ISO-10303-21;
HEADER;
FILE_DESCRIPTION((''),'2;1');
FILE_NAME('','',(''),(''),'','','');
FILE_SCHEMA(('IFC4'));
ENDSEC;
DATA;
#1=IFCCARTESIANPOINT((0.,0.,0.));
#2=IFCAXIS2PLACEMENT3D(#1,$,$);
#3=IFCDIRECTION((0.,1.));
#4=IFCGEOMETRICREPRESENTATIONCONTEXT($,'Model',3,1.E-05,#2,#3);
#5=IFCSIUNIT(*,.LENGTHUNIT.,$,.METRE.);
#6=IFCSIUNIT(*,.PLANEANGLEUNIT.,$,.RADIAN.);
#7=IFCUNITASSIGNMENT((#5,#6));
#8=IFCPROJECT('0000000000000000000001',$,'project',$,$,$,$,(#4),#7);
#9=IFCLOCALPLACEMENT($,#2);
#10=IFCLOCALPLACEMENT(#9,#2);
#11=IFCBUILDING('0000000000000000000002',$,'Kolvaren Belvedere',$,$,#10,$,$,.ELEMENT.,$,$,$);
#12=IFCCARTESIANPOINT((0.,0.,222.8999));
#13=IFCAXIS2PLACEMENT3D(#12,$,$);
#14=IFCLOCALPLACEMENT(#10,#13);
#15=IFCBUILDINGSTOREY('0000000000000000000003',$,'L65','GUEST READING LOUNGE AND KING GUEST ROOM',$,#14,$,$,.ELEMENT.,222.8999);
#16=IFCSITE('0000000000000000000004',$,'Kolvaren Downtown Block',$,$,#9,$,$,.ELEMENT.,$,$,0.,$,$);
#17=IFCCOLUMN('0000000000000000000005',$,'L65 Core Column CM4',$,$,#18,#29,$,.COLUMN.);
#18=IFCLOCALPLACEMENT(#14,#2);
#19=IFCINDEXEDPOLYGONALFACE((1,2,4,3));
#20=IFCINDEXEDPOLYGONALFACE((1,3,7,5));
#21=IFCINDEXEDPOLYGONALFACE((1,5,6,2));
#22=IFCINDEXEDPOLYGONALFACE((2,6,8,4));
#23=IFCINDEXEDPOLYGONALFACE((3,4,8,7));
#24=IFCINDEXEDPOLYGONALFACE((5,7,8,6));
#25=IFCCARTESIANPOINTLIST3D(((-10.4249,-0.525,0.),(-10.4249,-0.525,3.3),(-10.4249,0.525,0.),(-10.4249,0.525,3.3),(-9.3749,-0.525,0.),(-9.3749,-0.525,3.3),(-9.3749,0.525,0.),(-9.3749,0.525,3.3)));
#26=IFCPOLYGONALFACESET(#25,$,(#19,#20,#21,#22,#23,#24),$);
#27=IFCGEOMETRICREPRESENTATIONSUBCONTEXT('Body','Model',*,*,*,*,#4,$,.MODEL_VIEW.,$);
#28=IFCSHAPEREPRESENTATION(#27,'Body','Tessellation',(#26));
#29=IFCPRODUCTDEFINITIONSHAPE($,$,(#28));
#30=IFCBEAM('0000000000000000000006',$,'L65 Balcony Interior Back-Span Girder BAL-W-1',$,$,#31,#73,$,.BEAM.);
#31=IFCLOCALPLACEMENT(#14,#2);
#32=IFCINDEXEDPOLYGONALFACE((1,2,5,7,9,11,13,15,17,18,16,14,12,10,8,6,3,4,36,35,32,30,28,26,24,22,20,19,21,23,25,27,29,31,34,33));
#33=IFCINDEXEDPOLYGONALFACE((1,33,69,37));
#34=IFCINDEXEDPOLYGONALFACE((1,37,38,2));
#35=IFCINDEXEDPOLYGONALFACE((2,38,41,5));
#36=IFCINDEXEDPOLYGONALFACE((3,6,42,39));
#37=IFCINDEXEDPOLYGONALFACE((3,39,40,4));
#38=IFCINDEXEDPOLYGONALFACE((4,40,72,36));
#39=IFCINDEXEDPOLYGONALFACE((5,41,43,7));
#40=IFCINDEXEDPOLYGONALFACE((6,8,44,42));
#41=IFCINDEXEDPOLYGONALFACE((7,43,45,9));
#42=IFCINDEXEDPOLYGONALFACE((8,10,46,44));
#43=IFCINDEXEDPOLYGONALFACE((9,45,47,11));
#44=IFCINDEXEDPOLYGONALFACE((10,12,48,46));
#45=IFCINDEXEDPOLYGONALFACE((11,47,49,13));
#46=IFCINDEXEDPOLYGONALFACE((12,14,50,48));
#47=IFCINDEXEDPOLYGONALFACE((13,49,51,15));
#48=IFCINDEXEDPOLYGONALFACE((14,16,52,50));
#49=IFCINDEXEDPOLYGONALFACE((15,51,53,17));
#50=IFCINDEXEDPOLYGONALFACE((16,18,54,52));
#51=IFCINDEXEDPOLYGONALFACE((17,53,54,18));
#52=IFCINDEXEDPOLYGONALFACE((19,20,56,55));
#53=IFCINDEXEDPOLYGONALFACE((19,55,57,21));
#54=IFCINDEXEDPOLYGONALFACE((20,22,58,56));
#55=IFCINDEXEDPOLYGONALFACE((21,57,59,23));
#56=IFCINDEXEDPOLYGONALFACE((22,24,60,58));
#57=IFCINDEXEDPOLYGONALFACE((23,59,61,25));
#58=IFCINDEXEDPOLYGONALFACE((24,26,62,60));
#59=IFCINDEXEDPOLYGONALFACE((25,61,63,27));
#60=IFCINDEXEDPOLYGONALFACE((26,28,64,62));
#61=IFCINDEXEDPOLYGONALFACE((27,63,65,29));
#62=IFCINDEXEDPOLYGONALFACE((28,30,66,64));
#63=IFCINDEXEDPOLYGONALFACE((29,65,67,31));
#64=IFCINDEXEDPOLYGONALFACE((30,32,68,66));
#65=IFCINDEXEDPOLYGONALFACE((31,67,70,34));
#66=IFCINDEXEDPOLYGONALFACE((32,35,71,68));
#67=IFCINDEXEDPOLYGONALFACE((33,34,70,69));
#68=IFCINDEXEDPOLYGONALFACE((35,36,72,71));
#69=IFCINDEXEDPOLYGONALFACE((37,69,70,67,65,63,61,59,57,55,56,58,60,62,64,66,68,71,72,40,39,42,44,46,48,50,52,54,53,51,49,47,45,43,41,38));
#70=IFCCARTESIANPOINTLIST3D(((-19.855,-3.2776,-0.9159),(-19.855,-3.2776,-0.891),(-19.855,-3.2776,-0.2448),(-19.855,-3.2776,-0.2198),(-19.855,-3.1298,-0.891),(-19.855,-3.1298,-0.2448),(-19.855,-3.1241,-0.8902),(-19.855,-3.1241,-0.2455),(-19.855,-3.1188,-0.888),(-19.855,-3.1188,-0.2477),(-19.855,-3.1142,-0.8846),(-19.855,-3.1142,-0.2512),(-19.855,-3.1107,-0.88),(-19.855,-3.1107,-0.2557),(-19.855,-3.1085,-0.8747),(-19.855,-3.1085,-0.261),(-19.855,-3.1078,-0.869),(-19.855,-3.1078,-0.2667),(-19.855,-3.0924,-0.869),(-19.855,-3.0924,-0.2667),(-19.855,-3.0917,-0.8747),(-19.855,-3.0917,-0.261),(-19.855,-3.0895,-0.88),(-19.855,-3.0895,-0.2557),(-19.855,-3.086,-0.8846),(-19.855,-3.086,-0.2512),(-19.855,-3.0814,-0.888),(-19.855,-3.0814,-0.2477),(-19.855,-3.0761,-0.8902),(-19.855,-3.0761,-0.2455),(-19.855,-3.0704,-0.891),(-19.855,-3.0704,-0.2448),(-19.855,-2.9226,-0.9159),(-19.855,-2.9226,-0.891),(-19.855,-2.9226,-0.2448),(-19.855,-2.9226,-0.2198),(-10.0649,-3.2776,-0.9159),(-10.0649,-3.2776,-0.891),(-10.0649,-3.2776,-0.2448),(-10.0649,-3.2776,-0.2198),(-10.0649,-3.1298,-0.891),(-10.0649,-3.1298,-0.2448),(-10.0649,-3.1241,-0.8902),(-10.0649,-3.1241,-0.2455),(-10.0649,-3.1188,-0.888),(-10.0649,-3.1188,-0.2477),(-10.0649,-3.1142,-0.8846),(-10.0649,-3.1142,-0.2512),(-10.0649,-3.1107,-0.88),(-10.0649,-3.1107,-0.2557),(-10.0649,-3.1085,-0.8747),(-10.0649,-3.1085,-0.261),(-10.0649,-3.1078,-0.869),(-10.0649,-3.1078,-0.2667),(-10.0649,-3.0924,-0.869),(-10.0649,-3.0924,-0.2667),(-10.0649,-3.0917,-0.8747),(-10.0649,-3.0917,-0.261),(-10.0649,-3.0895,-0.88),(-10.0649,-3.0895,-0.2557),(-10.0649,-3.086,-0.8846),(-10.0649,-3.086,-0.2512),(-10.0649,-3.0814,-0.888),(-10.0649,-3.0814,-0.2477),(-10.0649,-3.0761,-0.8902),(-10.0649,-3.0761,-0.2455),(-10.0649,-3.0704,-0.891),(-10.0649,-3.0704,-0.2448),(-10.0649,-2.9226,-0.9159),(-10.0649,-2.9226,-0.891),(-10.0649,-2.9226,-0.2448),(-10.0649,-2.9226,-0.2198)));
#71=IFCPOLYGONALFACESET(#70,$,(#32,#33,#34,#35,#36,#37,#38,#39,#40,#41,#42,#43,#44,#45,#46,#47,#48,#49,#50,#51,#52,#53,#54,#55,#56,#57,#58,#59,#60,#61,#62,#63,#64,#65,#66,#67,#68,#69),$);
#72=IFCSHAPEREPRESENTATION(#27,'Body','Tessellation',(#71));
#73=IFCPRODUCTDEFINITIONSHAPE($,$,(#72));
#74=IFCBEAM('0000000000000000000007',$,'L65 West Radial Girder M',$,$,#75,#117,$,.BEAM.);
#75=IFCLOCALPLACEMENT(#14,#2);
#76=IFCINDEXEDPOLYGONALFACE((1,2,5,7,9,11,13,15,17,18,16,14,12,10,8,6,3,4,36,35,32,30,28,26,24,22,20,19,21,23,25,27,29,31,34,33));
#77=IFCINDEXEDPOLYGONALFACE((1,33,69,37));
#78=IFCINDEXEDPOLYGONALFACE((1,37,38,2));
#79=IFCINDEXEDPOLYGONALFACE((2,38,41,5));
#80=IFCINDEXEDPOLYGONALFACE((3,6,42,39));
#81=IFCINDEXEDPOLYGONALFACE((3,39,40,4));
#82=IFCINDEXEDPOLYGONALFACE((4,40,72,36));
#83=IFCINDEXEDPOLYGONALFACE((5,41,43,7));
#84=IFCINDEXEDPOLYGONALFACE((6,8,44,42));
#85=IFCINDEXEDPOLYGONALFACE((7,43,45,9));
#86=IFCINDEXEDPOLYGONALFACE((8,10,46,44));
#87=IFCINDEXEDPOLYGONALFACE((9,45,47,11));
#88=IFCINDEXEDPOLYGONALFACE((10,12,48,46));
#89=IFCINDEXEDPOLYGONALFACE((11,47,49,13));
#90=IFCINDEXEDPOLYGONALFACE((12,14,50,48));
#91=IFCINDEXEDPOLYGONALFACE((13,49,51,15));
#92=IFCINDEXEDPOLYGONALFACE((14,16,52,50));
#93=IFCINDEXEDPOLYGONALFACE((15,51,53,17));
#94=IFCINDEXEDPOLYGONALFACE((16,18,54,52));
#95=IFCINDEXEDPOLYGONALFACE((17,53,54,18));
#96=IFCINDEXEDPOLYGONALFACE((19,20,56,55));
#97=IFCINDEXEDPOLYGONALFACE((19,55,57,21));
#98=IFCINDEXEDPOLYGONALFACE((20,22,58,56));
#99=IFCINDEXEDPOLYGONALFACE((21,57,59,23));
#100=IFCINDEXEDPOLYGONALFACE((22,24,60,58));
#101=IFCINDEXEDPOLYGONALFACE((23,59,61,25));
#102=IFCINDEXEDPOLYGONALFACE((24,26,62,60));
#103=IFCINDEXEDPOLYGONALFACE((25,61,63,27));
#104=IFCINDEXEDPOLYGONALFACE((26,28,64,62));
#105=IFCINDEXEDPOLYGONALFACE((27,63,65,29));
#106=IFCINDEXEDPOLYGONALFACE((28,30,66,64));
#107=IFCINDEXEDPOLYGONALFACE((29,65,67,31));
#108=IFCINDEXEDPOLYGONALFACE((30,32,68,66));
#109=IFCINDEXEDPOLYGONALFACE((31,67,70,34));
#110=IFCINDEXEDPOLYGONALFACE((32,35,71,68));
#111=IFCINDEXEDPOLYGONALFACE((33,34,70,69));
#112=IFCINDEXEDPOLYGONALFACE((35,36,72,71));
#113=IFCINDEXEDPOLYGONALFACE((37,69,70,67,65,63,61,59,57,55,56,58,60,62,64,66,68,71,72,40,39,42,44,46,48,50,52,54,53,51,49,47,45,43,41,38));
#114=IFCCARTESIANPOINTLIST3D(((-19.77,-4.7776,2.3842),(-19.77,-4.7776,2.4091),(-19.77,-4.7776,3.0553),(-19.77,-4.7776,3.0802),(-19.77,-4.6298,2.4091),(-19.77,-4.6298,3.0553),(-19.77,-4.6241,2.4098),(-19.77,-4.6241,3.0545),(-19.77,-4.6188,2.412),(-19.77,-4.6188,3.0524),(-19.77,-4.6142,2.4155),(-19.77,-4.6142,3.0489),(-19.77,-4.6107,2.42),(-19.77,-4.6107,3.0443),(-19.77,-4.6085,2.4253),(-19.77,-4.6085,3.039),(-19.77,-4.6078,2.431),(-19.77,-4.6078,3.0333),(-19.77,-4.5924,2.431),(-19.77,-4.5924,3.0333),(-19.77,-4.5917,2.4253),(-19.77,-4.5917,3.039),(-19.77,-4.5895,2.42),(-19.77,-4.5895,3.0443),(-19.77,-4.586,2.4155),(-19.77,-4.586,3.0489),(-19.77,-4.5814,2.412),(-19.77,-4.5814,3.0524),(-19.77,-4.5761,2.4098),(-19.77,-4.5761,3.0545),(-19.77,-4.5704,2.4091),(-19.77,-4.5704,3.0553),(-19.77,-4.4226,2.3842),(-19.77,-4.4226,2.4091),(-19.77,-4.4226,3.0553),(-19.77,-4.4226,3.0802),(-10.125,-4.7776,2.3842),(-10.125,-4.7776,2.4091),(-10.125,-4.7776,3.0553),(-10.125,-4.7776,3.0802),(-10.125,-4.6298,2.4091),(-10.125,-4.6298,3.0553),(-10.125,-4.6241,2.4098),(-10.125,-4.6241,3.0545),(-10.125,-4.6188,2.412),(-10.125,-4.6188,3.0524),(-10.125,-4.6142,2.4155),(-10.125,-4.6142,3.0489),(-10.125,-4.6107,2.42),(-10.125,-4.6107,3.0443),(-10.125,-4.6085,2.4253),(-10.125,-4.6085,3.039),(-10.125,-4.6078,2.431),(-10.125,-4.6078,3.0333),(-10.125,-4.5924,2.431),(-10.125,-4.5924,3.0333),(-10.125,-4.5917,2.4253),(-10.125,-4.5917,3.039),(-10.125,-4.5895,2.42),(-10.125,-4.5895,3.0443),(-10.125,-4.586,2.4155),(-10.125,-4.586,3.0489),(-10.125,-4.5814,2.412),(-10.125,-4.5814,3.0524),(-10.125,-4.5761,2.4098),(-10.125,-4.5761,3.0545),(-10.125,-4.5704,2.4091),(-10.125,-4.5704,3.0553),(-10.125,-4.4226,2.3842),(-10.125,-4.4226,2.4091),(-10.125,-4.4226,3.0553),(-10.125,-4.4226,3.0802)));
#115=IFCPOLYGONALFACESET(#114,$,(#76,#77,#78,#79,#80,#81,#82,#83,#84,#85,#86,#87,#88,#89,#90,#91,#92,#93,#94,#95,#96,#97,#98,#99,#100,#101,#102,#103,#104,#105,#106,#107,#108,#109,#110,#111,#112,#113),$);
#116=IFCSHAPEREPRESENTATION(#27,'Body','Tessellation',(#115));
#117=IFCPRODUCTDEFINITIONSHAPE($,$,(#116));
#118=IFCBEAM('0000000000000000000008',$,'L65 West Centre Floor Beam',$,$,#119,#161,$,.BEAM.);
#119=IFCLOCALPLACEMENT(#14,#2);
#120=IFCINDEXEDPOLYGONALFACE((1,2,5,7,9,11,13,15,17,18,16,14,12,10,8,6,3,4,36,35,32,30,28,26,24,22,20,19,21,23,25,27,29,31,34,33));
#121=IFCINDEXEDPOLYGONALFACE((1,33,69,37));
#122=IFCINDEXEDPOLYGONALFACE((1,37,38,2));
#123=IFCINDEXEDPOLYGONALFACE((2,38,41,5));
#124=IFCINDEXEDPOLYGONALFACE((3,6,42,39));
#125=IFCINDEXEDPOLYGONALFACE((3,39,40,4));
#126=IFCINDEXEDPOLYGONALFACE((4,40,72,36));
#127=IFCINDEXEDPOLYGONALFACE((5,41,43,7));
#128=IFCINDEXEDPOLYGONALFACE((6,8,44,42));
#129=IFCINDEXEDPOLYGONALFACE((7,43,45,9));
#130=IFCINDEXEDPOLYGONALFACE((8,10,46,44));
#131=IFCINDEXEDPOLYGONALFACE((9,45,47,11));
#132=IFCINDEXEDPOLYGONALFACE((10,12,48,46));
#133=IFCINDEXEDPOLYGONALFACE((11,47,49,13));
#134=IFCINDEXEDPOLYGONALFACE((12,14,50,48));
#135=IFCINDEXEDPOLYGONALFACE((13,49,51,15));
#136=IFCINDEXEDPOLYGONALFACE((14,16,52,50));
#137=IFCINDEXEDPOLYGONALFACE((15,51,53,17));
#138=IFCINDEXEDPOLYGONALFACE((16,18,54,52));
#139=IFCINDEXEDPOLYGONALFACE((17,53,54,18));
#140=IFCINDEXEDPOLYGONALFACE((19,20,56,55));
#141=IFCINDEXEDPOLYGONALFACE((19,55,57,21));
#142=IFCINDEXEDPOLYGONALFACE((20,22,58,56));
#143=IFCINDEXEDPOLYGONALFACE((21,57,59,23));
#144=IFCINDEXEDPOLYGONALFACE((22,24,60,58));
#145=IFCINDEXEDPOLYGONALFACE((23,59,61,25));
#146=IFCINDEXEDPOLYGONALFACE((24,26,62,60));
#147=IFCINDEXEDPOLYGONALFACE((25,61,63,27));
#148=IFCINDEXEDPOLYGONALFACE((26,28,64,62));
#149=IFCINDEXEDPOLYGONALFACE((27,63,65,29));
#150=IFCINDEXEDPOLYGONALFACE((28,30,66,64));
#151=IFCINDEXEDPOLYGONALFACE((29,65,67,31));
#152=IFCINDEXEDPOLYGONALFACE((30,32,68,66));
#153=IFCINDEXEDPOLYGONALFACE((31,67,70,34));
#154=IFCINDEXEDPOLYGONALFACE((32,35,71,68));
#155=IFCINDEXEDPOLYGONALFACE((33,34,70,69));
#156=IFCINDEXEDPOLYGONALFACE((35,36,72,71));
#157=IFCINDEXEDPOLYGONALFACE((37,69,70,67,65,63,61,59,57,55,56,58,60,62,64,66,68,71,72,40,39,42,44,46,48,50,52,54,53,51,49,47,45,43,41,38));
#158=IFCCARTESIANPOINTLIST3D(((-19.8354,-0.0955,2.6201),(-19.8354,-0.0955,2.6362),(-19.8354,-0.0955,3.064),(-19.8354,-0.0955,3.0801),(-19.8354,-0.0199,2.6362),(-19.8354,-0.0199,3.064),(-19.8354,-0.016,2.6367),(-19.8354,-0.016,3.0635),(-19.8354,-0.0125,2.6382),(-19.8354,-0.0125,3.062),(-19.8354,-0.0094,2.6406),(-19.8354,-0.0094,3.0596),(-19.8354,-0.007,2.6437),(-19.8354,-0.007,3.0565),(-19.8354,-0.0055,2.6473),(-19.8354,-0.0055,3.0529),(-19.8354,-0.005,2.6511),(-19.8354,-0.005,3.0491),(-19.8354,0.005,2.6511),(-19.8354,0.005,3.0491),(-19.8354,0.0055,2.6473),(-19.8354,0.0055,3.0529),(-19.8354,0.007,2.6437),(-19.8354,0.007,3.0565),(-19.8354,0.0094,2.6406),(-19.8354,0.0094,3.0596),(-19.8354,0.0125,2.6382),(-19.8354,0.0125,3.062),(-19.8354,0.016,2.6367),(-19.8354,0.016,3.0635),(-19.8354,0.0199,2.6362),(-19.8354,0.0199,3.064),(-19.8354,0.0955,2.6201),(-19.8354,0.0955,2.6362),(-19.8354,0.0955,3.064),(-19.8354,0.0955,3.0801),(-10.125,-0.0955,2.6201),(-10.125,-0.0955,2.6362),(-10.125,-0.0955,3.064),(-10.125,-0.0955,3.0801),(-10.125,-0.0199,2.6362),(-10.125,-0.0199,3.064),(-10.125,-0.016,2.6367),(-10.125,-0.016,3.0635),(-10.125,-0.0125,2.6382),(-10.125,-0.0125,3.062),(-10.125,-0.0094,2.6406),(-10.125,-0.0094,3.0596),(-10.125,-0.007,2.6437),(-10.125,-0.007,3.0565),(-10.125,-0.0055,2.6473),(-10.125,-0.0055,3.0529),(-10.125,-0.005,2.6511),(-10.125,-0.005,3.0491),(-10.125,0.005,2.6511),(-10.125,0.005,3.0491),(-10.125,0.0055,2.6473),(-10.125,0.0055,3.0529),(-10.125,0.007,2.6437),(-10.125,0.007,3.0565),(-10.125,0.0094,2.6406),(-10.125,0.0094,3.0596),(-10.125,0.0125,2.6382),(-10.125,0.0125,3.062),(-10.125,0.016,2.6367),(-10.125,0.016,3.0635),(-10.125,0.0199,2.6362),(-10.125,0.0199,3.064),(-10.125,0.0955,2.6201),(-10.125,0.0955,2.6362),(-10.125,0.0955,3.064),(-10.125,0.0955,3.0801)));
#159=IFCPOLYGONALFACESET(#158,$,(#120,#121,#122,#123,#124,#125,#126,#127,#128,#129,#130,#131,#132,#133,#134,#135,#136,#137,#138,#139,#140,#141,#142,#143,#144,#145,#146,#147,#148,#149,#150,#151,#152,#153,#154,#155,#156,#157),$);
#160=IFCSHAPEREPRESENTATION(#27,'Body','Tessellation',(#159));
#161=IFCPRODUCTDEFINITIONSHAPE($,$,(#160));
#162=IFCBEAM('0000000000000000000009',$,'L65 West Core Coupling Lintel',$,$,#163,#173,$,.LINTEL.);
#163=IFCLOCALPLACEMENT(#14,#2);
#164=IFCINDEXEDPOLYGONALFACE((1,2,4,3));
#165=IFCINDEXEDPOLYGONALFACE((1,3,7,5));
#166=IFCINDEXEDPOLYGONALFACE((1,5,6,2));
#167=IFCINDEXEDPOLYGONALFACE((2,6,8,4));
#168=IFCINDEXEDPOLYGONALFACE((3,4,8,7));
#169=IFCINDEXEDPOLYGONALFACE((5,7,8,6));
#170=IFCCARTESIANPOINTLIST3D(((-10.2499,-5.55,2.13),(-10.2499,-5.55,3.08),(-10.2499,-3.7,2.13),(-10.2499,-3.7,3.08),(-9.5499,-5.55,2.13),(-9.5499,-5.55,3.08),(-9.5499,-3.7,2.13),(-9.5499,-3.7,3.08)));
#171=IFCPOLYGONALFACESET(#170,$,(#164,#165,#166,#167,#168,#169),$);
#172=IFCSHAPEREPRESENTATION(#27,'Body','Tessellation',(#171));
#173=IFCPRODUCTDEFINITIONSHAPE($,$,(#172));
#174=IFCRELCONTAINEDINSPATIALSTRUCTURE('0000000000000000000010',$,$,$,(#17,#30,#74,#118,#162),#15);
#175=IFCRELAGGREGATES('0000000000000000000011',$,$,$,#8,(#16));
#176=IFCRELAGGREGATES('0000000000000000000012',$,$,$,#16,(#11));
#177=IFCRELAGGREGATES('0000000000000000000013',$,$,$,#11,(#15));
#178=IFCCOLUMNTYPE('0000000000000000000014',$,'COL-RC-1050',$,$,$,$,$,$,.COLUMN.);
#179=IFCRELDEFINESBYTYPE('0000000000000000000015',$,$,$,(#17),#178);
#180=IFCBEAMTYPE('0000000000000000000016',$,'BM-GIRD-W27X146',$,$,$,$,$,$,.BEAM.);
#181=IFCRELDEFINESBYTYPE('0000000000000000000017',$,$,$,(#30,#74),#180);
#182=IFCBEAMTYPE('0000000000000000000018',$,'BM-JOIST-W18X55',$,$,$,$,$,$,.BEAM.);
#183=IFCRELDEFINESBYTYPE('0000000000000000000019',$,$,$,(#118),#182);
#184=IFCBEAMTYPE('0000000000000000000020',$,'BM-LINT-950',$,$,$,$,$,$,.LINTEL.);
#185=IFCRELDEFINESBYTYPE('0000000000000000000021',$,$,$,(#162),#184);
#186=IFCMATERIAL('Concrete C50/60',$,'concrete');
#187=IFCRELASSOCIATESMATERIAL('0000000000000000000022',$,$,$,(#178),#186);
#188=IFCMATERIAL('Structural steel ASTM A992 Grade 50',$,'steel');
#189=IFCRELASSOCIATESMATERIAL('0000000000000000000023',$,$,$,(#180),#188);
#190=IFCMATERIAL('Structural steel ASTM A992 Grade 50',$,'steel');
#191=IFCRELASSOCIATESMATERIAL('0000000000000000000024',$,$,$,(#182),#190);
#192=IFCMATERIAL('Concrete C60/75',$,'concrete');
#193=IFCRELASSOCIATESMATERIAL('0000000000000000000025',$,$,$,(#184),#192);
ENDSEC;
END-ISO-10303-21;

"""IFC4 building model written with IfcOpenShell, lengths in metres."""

from ifc_helpers import new_model, si_unit, direction, frame, origin, origin_2d, place, context, subcontext, project, spatial, rectangle, i_section, extrude, material, material_profile, profile_set, type_object, element, save


model = new_model("IFC4")

# Units and contexts
model_context = context("Model", 3, precision=1e-05, world=origin(), true_north=direction((0.0, 1.0)))
body_context = subcontext(model_context, "Body", "Model", "MODEL_VIEW")
ifc_project = project(units=[si_unit("LENGTHUNIT", "METRE"), si_unit("PLANEANGLEUNIT", "RADIAN")], contexts=[model_context])

# Site, building, storey
site_placement = place(None, origin())
site = spatial("IfcSite", under=ifc_project, at=site_placement, Name="Kolvaren Downtown Block", CompositionType="ELEMENT", RefElevation=0.0)
building_placement = place(site_placement, origin())
building = spatial("IfcBuilding", under=site, at=building_placement, Name="Kolvaren Belvedere", CompositionType="ELEMENT")
storey_placement = place(building_placement, frame((0.0, 0.0, 222.8999)))
storey = spatial("IfcBuildingStorey", under=building, at=storey_placement, Name="L65", Description="GUEST READING LOUNGE AND KING GUEST ROOM", CompositionType="ELEMENT", Elevation=222.8999)

# Column
ifc_material_1 = material(Name="Concrete C50/60", Category="concrete")
ifc_material_profile_1 = material_profile(ifc_material_1, rectangle(XDim=1.05, YDim=1.05, at=origin_2d()), Name="RC 1050X1050")
ifc_profile_set_1 = profile_set([ifc_material_profile_1], Name="Concrete C50/60")
column_type = type_object("IfcColumnType", Name="COL-RC-1050", PredefinedType="COLUMN", material=ifc_profile_set_1)
column_placement = place(storey_placement, frame((-9.8999, 0.0, 0.0), z_axis=(0.0, 0.0, 1.0), x_axis=(1.0, 0.0, 0.0)))
element("IfcColumn", 1, at=column_placement, inside=storey, type_object=column_type, Name="L65 Core Column CM4", PredefinedType="COLUMN", context=body_context, shape_type="SweptSolid", body=[
    extrude(rectangle(XDim=1.05, YDim=1.05, at=origin_2d()), origin(), (0.0, 0.0, 1.0), 3.3),
])

# Beams
ifc_material_2 = material(Name="Structural steel ASTM A992 Grade 50", Category="steel")
ifc_material_profile_2 = material_profile(ifc_material_2, i_section(OverallWidth=0.355, OverallDepth=0.696, WebThickness=0.0154, FlangeThickness=0.0249, FilletRadius=0.022, at=origin_2d()), Name="W27X146")
ifc_profile_set_2 = profile_set([ifc_material_profile_2], Name="Structural steel ASTM A992 Grade 50")
beam_type_1 = type_object("IfcBeamType", Name="BM-GIRD-W27X146", PredefinedType="BEAM", material=ifc_profile_set_2)
beam_1_placement = place(storey_placement, frame((-10.0649, -3.1001, -0.5679), z_axis=(-1.0, 0.0, 0.0), x_axis=(0.0, -1.0, 0.0)))
element("IfcBeam", 2, at=beam_1_placement, inside=storey, type_object=beam_type_1, Name="L65 Balcony Interior Back-Span Girder BAL-W-1", PredefinedType="BEAM", context=body_context, shape_type="SweptSolid", body=[
    extrude(i_section(OverallWidth=0.355, OverallDepth=0.696, WebThickness=0.0154, FlangeThickness=0.0249, FilletRadius=0.022, at=origin_2d()), origin(), (0.0, 0.0, 1.0), 9.79),
])
beam_2_placement = place(storey_placement, frame((-10.125, -4.6001, 2.7322), z_axis=(-1.0, 0.0, 0.0), x_axis=(0.0, -1.0, 0.0)))
element("IfcBeam", 3, at=beam_2_placement, inside=storey, type_object=beam_type_1, Name="L65 West Radial Girder M", PredefinedType="BEAM", context=body_context, shape_type="SweptSolid", body=[
    extrude(i_section(OverallWidth=0.355, OverallDepth=0.696, WebThickness=0.0154, FlangeThickness=0.0249, FilletRadius=0.022, at=origin_2d()), origin(), (0.0, 0.0, 1.0), 9.645),
])
ifc_material_3 = material(Name="Structural steel ASTM A992 Grade 50", Category="steel")
ifc_material_profile_3 = material_profile(ifc_material_3, i_section(OverallWidth=0.1909, OverallDepth=0.46, WebThickness=0.01, FlangeThickness=0.0161, FilletRadius=0.0149, at=origin_2d()), Name="W18X55")
ifc_profile_set_3 = profile_set([ifc_material_profile_3], Name="Structural steel ASTM A992 Grade 50")
beam_type_2 = type_object("IfcBeamType", Name="BM-JOIST-W18X55", PredefinedType="BEAM", material=ifc_profile_set_3)
beam_3_placement = place(storey_placement, frame((-10.125, 0.0, 2.8501), z_axis=(-1.0, 0.0, 0.0), x_axis=(0.0, -1.0, 0.0)))
element("IfcBeam", 4, at=beam_3_placement, inside=storey, type_object=beam_type_2, Name="L65 West Centre Floor Beam", PredefinedType="BEAM", context=body_context, shape_type="SweptSolid", body=[
    extrude(i_section(OverallWidth=0.1909, OverallDepth=0.46, WebThickness=0.01, FlangeThickness=0.0161, FilletRadius=0.0149, at=origin_2d()), origin(), (0.0, 0.0, 1.0), 9.7104),
])
ifc_material_4 = material(Name="Concrete C60/75", Category="concrete")
ifc_material_profile_4 = material_profile(ifc_material_4, rectangle(XDim=0.7, YDim=0.95, at=origin_2d()), Name="RC 700X950")
ifc_profile_set_4 = profile_set([ifc_material_profile_4], Name="Concrete C60/75")
beam_type_3 = type_object("IfcBeamType", Name="BM-LINT-950", PredefinedType="LINTEL", material=ifc_profile_set_4)
beam_4_placement = place(storey_placement, frame((-9.8999, -5.55, 2.605), z_axis=(0.0, 1.0, 0.0), x_axis=(-1.0, 0.0, 0.0)))
element("IfcBeam", 5, at=beam_4_placement, inside=storey, type_object=beam_type_3, Name="L65 West Core Coupling Lintel", PredefinedType="LINTEL", context=body_context, shape_type="SweptSolid", body=[
    extrude(rectangle(XDim=0.7, YDim=0.95, at=origin_2d()), origin(), (0.0, 0.0, 1.0), 1.8501),
])

save(model, "model.ifc")
